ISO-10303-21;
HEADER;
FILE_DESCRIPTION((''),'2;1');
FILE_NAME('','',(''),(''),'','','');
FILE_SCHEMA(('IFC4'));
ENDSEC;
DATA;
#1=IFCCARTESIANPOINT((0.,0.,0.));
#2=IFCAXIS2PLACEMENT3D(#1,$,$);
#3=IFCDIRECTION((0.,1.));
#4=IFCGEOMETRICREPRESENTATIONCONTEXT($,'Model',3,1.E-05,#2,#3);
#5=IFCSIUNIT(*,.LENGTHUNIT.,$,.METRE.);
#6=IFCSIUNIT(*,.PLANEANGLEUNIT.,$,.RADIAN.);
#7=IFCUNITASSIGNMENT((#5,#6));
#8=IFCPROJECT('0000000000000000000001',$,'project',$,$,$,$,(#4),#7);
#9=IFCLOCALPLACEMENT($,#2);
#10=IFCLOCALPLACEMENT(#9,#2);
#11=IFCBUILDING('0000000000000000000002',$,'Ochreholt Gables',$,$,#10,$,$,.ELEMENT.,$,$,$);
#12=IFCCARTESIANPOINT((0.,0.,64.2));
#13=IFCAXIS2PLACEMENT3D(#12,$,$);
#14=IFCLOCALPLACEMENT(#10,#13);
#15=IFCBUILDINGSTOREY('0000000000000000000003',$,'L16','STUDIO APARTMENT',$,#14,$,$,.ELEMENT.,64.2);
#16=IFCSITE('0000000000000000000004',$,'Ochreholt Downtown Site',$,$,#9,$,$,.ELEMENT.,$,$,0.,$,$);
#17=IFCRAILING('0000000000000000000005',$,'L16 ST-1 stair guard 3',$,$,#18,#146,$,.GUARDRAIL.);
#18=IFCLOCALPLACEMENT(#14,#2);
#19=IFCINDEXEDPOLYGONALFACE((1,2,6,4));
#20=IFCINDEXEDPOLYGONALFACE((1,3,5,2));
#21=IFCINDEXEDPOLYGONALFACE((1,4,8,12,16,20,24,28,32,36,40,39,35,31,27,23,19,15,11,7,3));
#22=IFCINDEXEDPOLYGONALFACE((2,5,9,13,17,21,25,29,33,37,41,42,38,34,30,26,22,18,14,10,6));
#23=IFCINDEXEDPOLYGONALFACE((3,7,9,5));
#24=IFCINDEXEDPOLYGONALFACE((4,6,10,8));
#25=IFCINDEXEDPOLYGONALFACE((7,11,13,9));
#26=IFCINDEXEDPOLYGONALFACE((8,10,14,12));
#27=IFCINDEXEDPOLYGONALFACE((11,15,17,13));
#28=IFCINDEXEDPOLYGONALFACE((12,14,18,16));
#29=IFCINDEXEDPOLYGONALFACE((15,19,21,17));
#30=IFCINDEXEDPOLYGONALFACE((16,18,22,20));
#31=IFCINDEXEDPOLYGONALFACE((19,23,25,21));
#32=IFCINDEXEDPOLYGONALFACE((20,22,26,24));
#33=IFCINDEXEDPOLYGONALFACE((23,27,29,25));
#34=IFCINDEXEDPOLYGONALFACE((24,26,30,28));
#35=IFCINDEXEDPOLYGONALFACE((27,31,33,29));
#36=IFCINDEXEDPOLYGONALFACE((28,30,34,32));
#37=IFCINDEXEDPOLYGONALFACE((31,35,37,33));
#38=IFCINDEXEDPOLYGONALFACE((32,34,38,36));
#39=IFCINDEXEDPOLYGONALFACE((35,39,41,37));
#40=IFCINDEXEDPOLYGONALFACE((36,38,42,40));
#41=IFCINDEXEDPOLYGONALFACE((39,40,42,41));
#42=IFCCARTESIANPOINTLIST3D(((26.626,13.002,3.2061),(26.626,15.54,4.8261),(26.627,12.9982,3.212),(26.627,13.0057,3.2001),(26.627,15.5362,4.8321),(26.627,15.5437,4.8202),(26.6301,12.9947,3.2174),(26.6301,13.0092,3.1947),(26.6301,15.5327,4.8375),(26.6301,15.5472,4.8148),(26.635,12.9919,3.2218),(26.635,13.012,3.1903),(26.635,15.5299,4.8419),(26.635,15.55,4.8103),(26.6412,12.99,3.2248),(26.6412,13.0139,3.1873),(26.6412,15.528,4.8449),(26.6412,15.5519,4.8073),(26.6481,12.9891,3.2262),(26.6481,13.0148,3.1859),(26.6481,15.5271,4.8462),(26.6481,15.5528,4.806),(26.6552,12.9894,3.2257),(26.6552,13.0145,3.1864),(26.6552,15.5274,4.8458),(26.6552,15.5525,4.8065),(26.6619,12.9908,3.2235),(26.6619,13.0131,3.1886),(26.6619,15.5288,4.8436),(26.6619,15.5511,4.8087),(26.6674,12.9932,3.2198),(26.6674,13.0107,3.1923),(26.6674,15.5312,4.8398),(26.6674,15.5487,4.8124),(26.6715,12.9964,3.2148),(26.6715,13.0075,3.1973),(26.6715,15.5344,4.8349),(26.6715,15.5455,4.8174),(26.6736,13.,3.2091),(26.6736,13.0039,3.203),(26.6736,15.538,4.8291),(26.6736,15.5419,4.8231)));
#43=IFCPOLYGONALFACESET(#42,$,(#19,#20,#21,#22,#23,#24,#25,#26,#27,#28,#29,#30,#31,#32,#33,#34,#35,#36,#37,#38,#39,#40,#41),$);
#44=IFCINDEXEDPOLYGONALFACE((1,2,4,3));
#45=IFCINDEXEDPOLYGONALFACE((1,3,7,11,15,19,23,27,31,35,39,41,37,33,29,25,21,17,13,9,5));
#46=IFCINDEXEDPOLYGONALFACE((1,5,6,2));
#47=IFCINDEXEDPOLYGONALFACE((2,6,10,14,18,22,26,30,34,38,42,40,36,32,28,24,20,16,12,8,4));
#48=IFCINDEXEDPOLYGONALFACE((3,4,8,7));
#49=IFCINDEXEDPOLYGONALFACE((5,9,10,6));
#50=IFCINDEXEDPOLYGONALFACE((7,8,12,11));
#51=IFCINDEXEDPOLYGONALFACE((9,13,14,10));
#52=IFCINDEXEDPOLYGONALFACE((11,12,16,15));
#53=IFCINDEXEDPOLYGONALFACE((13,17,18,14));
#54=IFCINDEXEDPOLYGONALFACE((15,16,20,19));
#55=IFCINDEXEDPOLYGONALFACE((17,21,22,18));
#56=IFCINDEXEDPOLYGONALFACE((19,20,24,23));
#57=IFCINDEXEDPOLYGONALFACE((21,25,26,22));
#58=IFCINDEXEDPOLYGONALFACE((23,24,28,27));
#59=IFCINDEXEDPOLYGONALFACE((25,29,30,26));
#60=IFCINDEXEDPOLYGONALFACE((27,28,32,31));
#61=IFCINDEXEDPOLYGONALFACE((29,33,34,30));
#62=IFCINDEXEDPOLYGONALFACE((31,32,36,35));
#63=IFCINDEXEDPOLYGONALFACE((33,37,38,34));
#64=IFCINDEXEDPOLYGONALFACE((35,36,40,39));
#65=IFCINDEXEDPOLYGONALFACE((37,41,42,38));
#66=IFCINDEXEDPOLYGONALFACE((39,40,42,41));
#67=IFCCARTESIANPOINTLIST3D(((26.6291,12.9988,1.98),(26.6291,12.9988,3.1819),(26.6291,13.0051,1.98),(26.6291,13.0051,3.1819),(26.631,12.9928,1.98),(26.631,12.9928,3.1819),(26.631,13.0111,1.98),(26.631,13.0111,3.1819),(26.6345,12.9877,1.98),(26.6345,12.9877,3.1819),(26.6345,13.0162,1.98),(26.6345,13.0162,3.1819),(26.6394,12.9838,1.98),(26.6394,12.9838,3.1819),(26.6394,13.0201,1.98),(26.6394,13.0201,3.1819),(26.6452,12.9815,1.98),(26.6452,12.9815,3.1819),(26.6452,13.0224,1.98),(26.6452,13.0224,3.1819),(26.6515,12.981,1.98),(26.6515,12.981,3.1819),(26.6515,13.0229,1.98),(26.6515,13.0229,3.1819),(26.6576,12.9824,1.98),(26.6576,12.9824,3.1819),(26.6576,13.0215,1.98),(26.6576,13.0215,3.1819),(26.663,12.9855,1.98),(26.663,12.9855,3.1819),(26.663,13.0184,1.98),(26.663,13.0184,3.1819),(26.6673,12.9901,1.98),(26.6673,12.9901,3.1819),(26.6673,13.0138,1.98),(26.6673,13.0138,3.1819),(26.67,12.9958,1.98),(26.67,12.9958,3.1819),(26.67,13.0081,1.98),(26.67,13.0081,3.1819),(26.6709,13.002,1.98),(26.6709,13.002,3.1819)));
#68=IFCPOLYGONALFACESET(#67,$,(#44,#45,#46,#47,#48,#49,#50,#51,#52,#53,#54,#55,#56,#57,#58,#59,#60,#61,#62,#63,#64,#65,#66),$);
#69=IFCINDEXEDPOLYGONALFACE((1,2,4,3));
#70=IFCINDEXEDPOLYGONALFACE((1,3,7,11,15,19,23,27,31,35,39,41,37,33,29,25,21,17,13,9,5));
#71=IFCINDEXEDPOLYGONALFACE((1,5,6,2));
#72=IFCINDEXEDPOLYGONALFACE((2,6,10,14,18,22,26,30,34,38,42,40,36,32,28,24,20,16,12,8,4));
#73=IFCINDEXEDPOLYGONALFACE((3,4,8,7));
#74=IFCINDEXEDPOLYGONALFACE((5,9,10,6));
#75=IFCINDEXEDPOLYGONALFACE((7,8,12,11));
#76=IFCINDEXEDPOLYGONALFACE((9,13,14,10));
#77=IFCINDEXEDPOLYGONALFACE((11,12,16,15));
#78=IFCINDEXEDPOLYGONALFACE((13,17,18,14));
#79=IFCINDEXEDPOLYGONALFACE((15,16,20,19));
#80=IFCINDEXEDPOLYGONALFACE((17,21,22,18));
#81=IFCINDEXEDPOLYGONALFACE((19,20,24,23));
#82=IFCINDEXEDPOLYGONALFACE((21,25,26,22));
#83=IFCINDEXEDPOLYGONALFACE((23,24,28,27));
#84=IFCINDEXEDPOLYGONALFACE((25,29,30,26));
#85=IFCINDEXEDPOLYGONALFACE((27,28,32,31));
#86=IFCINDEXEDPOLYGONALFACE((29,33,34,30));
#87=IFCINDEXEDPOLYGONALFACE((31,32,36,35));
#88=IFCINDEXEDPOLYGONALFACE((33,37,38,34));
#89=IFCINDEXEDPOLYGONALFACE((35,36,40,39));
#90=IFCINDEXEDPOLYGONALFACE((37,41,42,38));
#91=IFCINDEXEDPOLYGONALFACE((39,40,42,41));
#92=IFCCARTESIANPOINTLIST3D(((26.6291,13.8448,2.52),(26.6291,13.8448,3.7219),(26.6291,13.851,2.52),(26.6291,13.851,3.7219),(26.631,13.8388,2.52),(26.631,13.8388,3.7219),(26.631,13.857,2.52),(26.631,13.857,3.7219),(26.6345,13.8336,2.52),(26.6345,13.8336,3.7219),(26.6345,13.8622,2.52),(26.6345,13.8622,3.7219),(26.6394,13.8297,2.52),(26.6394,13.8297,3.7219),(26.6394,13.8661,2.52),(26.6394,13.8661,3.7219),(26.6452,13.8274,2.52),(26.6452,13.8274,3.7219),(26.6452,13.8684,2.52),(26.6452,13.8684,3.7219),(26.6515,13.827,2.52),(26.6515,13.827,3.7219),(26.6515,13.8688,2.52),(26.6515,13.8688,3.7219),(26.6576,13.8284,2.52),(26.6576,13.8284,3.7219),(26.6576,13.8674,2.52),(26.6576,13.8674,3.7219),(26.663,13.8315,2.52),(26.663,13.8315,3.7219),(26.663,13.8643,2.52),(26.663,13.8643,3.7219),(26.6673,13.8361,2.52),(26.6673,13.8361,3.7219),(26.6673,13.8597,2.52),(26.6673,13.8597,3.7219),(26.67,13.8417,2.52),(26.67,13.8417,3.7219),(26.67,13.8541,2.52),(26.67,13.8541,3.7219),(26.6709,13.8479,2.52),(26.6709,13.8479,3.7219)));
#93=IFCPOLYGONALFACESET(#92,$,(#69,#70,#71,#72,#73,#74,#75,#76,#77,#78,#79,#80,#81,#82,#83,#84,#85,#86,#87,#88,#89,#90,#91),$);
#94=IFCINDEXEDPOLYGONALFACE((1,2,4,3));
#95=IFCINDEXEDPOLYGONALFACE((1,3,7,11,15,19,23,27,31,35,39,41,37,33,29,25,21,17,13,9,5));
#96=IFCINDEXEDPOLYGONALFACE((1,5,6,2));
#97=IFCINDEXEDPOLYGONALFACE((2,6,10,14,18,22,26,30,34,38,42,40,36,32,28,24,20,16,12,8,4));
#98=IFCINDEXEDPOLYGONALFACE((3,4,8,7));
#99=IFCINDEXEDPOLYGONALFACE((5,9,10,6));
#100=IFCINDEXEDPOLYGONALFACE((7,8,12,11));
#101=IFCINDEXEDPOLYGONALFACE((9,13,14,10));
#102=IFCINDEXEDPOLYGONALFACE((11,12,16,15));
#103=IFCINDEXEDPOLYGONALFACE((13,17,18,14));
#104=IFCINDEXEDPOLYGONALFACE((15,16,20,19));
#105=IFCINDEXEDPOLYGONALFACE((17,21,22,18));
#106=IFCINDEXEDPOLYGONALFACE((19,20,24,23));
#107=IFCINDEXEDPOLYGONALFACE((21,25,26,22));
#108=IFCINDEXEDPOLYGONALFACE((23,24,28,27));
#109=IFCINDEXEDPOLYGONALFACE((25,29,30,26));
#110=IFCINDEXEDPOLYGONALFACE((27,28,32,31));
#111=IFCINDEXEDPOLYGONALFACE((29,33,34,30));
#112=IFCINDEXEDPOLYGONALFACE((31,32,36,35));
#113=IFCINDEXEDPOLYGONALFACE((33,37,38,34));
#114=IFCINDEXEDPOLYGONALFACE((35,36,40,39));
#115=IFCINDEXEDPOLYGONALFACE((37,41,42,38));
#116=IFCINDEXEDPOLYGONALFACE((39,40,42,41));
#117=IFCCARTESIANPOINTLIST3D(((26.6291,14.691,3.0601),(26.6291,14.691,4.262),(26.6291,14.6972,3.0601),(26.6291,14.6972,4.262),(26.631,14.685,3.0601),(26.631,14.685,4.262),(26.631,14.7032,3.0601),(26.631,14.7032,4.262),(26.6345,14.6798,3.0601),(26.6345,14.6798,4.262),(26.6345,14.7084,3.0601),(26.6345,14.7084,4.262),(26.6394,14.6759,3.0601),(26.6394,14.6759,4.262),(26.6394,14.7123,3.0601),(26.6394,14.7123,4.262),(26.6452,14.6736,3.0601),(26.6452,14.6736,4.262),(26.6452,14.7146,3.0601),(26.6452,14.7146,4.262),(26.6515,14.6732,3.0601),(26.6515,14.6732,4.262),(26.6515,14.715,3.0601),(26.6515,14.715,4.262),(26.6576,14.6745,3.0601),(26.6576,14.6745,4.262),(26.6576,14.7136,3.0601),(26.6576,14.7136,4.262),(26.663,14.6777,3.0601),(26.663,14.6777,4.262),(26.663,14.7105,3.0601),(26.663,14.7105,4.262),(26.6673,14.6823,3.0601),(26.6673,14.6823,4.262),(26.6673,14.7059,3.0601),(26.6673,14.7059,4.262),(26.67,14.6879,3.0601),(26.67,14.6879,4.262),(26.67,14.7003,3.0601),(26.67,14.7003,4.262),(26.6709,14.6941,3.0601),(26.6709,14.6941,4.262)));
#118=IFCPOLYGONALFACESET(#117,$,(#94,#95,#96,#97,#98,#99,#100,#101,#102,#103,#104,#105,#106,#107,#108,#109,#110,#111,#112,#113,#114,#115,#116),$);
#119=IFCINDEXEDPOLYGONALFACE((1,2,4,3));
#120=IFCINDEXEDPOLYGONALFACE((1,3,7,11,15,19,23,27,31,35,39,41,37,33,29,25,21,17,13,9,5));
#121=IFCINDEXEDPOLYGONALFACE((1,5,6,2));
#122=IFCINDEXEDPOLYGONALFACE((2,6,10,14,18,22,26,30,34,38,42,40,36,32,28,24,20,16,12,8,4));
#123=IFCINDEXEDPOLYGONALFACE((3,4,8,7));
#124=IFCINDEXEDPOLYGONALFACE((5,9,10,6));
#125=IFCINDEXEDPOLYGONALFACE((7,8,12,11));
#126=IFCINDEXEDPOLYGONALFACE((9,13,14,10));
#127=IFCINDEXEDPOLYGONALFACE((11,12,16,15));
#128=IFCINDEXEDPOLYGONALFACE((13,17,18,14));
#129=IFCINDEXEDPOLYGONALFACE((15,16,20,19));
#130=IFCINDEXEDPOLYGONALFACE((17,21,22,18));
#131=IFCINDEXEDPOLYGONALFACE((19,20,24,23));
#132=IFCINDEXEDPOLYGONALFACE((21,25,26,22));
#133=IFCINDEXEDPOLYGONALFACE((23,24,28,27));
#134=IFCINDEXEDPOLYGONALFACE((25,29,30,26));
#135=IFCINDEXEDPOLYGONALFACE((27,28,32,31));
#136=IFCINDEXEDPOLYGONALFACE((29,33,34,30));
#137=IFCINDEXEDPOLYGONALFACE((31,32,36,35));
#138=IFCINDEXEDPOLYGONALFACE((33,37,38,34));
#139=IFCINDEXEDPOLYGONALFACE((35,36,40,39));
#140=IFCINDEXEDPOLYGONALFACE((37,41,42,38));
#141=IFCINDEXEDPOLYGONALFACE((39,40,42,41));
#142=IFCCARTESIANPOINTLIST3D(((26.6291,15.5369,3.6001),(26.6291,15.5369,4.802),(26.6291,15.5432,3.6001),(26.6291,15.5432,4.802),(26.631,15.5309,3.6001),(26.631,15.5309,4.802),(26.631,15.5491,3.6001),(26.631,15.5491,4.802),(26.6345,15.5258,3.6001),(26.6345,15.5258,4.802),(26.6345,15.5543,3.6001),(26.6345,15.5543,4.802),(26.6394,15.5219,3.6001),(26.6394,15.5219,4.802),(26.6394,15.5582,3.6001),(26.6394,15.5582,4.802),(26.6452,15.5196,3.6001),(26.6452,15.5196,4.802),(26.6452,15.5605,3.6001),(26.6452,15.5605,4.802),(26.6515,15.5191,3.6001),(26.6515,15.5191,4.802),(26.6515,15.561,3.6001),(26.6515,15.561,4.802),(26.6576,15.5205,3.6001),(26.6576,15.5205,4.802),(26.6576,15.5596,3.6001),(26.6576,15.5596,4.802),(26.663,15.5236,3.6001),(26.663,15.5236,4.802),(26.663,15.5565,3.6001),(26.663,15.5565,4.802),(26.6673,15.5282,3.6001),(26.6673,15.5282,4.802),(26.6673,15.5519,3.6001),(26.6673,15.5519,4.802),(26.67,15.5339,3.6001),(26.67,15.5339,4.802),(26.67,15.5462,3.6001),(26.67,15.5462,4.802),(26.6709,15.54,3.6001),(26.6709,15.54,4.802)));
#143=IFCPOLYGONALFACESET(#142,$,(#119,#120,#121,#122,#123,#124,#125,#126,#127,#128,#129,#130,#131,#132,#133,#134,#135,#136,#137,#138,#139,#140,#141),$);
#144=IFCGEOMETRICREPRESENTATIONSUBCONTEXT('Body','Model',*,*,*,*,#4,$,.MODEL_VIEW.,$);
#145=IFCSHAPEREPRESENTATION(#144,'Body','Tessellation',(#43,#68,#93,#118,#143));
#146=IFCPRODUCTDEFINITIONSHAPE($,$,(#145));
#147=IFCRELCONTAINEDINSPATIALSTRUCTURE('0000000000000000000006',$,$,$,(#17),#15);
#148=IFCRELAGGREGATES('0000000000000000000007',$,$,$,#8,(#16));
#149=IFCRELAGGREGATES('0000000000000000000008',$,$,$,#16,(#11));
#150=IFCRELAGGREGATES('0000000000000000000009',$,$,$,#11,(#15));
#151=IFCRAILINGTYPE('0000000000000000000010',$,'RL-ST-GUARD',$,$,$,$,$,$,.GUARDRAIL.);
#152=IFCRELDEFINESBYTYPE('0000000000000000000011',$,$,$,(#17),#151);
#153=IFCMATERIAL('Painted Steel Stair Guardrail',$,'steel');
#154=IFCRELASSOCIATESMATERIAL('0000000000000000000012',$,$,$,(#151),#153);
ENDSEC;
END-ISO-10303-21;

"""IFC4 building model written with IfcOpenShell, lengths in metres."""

from ifc_helpers import new_model, si_unit, direction, frame, origin, origin_2d, place, context, subcontext, project, spatial, circle, extrude, material, type_object, element, save


model = new_model("IFC4")

# Units and contexts
model_context = context("Model", 3, precision=1e-05, world=origin(), true_north=direction((0.0, 1.0)))
body_context = subcontext(model_context, "Body", "Model", "MODEL_VIEW")
ifc_project = project(units=[si_unit("LENGTHUNIT", "METRE"), si_unit("PLANEANGLEUNIT", "RADIAN")], contexts=[model_context])

# Site, building, storey
site_placement = place(None, origin())
site = spatial("IfcSite", under=ifc_project, at=site_placement, Name="Ochreholt Downtown Site", CompositionType="ELEMENT", RefElevation=0.0)
building_placement = place(site_placement, origin())
building = spatial("IfcBuilding", under=site, at=building_placement, Name="Ochreholt Gables", CompositionType="ELEMENT")
storey_placement = place(building_placement, frame((0.0, 0.0, 64.2)))
storey = spatial("IfcBuildingStorey", under=building, at=storey_placement, Name="L16", Description="STUDIO APARTMENT", CompositionType="ELEMENT", Elevation=64.2)

# Railing
ifc_material_1 = material(Name="Painted Steel Stair Guardrail", Category="steel")
railing_type_1 = type_object("IfcRailingType", Name="RL-ST-GUARD", PredefinedType="GUARDRAIL", material=ifc_material_1)
railing_1_placement = place(storey_placement, frame((26.6499, 13.002, 1.98)))
element("IfcRailing", 1, at=railing_1_placement, inside=storey, type_object=railing_type_1, Name="L16 ST-1 stair guard 3", PredefinedType="GUARDRAIL", context=body_context, shape_type="SweptSolid", body=[
    extrude(circle(Radius=0.0239, at=origin_2d()), frame((0.0, 0.0, 1.2261), z_axis=(0.0, 0.842913, 0.53805), x_axis=(-1.0, 0.0, 0.0)), (0.0, 0.0, 1.0), 3.011),
    extrude(circle(Radius=0.021, at=origin_2d()), origin(), (0.0, 0.0, 1.0), 1.2019),
    extrude(circle(Radius=0.021, at=origin_2d()), frame((0.0, 0.8459, 0.54)), (0.0, 0.0, 1.0), 1.2019),
    extrude(circle(Radius=0.021, at=origin_2d()), frame((0.0, 1.6921, 1.0801)), (0.0, 0.0, 1.0), 1.2019),
    extrude(circle(Radius=0.021, at=origin_2d()), frame((0.0, 2.5381, 1.6201)), (0.0, 0.0, 1.0), 1.2019),
])

save(model, "model.ifc")
